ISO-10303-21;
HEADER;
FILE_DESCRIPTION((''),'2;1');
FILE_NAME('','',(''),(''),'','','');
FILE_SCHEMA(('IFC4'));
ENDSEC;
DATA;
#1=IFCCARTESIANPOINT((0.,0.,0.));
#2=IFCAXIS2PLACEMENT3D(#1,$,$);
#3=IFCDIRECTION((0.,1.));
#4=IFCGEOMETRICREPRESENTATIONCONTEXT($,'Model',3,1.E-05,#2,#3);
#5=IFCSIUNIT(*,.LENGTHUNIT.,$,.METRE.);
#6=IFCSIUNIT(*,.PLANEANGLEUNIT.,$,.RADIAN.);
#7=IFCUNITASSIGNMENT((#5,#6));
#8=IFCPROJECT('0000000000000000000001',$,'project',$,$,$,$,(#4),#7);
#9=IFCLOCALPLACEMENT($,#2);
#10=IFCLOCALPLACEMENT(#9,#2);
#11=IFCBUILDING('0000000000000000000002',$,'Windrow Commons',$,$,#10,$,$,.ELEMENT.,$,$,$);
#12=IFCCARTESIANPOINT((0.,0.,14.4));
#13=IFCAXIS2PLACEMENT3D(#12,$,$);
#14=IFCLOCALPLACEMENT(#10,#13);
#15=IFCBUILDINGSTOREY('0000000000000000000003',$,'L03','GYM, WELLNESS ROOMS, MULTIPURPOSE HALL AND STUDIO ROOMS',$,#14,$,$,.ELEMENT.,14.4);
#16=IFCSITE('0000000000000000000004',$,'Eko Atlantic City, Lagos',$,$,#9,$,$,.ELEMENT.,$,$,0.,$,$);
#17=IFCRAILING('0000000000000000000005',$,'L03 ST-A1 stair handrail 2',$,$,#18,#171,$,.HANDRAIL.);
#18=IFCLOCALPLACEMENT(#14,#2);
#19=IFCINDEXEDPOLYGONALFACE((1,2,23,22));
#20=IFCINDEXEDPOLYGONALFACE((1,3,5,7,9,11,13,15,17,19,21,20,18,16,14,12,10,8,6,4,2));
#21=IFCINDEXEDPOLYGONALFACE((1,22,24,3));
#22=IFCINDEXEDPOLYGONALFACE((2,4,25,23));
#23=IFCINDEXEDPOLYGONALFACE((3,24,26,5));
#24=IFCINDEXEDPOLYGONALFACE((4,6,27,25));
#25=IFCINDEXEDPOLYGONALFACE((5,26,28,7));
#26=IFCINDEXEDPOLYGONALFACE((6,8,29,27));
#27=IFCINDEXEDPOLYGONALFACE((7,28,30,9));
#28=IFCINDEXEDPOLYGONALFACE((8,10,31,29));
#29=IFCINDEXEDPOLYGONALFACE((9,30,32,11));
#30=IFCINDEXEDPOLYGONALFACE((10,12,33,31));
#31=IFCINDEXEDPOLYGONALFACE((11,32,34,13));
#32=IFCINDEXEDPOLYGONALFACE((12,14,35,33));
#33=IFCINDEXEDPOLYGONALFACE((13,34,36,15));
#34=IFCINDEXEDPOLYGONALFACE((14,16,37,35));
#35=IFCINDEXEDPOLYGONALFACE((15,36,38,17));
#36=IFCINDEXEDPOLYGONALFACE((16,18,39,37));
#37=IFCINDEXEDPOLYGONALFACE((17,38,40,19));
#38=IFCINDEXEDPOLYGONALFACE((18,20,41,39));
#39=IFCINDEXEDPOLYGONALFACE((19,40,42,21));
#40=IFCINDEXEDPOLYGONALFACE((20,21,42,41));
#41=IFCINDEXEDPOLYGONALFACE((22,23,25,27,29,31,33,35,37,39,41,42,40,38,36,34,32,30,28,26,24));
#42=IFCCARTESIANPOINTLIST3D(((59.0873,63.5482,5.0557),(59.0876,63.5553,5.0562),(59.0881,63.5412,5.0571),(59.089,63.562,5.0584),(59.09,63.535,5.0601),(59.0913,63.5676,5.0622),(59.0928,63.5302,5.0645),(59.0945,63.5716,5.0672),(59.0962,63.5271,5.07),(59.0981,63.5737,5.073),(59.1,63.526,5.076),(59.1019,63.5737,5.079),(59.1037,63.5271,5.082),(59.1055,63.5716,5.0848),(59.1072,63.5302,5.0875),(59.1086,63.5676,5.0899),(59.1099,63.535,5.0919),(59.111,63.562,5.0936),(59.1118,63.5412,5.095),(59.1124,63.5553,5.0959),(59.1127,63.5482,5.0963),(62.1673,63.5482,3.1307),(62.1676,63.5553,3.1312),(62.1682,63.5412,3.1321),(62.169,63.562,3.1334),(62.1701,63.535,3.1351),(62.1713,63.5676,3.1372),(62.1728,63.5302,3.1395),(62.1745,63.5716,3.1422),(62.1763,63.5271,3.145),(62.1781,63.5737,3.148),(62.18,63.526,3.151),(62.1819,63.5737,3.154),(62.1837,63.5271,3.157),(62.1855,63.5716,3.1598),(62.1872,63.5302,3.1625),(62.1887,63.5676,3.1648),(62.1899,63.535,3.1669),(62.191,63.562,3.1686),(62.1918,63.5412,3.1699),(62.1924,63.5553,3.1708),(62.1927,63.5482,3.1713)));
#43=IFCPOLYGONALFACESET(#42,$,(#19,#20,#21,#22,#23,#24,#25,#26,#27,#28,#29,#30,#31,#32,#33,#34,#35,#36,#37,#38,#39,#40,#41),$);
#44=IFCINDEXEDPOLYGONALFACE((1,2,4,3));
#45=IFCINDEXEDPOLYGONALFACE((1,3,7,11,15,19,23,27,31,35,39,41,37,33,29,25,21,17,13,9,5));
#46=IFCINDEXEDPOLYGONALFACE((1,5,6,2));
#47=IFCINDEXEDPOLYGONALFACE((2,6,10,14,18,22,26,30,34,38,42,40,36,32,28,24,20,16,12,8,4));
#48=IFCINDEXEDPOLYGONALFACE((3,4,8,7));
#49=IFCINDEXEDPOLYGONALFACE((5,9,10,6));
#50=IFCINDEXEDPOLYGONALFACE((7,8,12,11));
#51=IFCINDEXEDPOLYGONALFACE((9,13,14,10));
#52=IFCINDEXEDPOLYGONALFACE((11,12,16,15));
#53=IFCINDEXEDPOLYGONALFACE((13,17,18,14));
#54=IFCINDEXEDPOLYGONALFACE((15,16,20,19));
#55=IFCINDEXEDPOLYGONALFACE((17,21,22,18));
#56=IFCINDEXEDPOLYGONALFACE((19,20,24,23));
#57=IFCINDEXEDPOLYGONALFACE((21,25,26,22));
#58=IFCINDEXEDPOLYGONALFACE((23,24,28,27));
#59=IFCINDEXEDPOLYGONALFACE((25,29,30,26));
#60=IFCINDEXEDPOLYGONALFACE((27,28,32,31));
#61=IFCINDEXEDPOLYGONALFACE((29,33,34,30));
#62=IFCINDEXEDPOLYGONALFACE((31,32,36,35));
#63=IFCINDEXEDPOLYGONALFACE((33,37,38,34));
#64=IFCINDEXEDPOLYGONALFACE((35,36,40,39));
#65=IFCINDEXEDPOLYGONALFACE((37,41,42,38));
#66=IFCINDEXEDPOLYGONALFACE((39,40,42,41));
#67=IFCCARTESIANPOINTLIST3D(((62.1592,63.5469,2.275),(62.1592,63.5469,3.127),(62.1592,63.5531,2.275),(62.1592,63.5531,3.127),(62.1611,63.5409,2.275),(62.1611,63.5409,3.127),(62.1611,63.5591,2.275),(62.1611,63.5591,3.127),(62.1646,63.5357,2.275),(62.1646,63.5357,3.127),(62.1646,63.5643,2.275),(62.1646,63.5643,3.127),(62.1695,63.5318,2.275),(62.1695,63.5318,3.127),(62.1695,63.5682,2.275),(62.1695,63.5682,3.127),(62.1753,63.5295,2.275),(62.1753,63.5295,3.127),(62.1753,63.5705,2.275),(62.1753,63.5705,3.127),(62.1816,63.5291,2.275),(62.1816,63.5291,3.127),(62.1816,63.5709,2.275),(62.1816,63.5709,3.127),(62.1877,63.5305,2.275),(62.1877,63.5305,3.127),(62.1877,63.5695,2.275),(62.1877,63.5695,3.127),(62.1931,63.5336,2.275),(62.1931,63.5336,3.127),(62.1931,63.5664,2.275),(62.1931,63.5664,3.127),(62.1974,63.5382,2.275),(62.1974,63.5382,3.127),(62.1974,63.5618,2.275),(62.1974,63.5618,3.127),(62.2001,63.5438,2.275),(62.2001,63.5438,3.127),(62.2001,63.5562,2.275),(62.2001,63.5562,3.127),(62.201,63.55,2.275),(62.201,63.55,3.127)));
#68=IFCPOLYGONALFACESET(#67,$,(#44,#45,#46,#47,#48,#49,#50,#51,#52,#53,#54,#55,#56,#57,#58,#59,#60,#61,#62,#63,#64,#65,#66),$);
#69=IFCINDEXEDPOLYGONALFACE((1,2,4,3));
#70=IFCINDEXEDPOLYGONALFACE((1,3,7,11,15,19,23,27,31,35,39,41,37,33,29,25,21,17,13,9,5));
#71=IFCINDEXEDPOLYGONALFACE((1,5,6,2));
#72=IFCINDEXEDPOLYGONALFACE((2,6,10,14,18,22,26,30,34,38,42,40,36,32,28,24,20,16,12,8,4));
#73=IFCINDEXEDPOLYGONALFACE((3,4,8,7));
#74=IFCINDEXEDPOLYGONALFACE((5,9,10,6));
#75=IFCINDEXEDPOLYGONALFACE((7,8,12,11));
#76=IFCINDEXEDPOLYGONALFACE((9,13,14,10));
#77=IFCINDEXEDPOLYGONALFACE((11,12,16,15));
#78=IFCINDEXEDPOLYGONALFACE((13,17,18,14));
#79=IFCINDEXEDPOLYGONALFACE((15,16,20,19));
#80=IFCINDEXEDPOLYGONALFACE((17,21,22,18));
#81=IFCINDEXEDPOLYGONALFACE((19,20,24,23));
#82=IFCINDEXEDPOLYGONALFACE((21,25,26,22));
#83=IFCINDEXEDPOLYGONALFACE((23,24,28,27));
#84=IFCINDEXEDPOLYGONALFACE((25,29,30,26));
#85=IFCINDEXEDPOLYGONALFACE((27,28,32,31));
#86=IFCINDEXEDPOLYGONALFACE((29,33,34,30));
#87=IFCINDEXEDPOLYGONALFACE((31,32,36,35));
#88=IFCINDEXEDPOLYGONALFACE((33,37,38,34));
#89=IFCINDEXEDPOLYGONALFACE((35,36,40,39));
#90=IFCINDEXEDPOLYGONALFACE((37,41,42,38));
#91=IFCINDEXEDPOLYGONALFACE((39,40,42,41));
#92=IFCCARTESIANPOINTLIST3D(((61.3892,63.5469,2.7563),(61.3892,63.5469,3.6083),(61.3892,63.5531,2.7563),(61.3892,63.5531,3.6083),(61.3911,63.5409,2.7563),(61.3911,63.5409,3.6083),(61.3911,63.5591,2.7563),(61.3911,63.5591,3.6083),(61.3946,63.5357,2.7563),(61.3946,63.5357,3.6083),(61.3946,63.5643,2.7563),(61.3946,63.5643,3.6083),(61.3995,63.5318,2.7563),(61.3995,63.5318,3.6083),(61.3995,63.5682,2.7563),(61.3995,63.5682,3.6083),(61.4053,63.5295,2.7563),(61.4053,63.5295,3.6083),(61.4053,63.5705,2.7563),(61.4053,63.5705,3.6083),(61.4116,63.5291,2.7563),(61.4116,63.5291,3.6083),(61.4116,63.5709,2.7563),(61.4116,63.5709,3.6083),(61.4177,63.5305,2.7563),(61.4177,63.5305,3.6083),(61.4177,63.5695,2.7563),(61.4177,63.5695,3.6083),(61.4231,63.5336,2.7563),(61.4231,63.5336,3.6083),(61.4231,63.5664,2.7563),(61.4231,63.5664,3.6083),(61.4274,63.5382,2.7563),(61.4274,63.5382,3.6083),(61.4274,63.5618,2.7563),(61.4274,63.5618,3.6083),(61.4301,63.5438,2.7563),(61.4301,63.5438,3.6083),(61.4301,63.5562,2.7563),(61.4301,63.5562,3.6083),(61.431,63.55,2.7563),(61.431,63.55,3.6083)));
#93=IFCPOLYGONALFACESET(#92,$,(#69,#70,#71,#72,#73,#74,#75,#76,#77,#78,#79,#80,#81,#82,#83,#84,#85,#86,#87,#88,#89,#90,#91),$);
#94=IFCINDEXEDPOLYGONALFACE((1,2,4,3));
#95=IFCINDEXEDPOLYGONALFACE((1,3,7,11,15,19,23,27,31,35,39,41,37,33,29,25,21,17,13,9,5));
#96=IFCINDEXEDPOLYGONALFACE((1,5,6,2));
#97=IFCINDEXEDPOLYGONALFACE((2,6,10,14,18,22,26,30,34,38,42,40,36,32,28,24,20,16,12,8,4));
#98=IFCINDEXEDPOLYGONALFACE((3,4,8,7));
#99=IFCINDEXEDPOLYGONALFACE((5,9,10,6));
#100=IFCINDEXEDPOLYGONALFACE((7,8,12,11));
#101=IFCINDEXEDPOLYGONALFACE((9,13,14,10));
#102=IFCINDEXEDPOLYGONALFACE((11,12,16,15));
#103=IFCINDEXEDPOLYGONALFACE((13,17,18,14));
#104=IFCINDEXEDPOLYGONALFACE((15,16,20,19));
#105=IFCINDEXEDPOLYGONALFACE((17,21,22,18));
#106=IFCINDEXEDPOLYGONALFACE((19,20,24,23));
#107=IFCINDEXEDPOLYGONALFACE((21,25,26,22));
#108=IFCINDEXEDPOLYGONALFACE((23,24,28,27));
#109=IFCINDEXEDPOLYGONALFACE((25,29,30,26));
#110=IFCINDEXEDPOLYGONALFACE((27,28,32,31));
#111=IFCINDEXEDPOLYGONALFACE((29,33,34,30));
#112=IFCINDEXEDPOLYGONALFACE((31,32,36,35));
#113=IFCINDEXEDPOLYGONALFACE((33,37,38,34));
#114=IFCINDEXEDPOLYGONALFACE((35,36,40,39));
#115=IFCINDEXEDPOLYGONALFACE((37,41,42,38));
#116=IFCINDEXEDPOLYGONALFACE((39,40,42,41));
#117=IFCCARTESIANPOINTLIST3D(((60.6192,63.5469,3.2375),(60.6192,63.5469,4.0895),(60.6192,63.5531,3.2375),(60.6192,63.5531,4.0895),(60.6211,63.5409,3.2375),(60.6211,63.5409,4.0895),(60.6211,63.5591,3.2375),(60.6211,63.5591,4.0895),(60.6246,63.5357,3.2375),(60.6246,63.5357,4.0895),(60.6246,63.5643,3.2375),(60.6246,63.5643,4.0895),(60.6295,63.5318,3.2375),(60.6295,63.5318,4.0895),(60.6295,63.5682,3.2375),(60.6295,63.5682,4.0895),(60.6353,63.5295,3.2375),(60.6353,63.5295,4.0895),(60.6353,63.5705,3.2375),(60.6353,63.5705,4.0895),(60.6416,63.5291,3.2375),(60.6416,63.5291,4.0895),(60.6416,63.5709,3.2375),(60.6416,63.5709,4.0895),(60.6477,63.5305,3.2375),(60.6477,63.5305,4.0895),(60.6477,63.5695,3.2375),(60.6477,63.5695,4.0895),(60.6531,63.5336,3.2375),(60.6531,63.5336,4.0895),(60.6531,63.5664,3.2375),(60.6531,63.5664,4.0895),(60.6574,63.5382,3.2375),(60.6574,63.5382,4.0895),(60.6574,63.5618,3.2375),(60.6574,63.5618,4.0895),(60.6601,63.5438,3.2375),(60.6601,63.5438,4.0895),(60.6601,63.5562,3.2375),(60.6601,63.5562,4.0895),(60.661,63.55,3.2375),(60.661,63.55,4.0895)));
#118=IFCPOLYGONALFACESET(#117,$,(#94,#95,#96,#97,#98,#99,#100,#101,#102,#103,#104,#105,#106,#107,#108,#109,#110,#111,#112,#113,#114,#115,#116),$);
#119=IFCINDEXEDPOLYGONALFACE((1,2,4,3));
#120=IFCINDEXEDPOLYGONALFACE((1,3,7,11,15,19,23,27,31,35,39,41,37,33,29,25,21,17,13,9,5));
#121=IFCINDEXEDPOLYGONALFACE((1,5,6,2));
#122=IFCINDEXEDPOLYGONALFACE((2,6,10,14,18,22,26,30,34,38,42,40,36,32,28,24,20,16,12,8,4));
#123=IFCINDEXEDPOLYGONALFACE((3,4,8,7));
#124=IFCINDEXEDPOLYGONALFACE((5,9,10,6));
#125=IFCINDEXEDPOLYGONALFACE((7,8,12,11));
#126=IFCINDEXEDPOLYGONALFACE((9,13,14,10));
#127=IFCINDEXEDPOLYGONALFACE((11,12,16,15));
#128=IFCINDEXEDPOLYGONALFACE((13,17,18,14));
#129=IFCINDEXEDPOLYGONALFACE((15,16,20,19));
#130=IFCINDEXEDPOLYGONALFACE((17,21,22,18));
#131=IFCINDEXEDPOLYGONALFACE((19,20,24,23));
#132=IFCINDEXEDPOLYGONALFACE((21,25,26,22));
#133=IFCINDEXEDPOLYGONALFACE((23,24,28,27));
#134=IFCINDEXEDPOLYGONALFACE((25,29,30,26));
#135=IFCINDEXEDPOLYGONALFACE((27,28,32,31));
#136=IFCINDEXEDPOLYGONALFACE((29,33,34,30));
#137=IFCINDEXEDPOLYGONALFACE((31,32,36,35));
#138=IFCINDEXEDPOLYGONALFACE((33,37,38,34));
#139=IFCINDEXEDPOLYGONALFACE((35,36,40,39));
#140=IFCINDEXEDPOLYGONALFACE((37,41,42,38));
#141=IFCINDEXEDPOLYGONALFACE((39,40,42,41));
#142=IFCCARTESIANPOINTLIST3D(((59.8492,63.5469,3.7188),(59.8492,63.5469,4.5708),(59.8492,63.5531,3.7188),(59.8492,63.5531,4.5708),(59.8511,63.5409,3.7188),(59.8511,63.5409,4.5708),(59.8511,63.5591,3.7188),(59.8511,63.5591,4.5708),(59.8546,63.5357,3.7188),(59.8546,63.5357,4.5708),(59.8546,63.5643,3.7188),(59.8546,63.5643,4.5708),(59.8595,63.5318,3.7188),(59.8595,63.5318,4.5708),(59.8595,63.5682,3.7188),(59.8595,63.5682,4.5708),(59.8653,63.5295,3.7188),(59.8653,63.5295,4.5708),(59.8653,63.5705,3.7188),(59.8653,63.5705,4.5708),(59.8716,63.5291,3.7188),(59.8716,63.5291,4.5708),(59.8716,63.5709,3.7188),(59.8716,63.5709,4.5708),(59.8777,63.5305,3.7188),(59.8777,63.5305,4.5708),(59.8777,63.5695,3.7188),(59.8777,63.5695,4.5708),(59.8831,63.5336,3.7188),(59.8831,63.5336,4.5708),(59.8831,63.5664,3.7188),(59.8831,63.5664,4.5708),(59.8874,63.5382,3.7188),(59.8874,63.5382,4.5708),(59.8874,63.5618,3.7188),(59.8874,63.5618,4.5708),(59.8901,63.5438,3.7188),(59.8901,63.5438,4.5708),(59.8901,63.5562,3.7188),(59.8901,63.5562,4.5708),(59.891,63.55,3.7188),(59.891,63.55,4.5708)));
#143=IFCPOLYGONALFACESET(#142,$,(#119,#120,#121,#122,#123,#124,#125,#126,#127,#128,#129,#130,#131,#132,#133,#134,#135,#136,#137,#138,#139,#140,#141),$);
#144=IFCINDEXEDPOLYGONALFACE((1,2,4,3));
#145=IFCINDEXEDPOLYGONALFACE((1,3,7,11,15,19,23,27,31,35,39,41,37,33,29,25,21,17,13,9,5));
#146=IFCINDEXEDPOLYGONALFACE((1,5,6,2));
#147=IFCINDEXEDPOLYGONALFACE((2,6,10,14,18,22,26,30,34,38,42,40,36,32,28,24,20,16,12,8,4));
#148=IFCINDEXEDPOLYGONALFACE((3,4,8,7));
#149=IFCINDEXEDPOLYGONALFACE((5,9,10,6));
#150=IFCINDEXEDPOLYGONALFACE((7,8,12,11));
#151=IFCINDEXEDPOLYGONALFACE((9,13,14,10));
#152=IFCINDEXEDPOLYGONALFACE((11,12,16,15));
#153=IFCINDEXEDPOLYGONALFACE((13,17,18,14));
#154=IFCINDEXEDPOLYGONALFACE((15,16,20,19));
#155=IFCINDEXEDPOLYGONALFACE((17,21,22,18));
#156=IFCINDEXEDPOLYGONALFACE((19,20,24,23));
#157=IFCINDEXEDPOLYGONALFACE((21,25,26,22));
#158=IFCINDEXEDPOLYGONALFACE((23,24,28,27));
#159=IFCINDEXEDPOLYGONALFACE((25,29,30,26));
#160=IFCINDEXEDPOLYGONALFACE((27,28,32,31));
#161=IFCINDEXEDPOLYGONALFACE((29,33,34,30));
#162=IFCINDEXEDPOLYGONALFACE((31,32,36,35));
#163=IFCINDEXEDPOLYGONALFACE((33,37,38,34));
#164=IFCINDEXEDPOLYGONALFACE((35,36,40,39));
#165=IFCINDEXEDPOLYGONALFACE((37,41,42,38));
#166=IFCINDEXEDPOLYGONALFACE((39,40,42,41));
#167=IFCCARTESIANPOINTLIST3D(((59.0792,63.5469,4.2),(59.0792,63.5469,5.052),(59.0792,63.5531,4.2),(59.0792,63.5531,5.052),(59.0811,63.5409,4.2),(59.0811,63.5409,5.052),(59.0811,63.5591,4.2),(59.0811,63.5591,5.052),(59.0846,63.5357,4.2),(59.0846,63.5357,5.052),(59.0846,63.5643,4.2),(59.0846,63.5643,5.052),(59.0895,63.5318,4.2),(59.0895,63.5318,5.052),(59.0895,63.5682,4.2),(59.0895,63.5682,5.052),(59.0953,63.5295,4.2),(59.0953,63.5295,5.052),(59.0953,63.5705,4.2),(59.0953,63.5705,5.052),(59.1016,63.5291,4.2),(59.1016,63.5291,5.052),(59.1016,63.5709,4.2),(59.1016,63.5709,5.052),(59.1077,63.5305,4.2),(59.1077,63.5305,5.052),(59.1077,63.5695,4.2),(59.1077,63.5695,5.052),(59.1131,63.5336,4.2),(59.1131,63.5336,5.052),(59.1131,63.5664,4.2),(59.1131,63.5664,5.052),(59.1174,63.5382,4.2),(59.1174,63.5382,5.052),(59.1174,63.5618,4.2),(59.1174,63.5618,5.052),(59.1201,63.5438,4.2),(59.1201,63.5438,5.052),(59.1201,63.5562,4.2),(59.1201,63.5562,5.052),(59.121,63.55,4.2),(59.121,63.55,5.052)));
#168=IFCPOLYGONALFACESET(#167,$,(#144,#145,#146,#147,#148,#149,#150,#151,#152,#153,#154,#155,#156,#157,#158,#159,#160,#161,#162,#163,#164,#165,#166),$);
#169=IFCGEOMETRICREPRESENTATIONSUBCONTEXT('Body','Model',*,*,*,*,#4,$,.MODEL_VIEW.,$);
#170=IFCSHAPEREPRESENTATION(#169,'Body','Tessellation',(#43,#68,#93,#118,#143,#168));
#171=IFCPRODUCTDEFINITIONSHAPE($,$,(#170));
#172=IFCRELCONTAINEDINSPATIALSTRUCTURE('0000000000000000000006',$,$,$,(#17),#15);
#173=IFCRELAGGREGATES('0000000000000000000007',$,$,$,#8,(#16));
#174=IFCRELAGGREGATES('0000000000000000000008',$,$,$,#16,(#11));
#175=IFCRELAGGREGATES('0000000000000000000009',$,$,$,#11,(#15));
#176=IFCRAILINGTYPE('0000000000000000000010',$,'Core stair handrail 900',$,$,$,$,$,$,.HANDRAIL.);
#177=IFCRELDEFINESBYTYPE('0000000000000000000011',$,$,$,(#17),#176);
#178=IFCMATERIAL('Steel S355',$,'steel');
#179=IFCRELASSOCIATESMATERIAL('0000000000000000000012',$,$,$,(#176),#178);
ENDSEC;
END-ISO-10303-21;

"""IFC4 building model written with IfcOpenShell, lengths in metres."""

from ifc_helpers import new_model, si_unit, direction, frame, origin, origin_2d, place, context, subcontext, project, spatial, circle, extrude, material, type_object, element, save


model = new_model("IFC4")

# Units and contexts
model_context = context("Model", 3, precision=1e-05, world=origin(), true_north=direction((0.0, 1.0)))
body_context = subcontext(model_context, "Body", "Model", "MODEL_VIEW")
ifc_project = project(units=[si_unit("LENGTHUNIT", "METRE"), si_unit("PLANEANGLEUNIT", "RADIAN")], contexts=[model_context])

# Site, building, storey
site_placement = place(None, origin())
site = spatial("IfcSite", under=ifc_project, at=site_placement, Name="Eko Atlantic City, Lagos", CompositionType="ELEMENT", RefElevation=0.0)
building_placement = place(site_placement, origin())
building = spatial("IfcBuilding", under=site, at=building_placement, Name="Windrow Commons", CompositionType="ELEMENT")
storey_placement = place(building_placement, frame((0.0, 0.0, 14.4)))
storey = spatial("IfcBuildingStorey", under=building, at=storey_placement, Name="L03", Description="GYM, WELLNESS ROOMS, MULTIPURPOSE HALL AND STUDIO ROOMS", CompositionType="ELEMENT", Elevation=14.4)

# Railing
ifc_material_1 = material(Name="Steel S355", Category="steel")
railing_type_1 = type_object("IfcRailingType", Name="Core stair handrail 900", PredefinedType="HANDRAIL", material=ifc_material_1)
railing_1_placement = place(storey_placement, frame((62.18, 63.55, 2.275)))
element("IfcRailing", 1, at=railing_1_placement, inside=storey, type_object=railing_type_1, Name="L03 ST-A1 stair handrail 2", PredefinedType="HANDRAIL", context=body_context, shape_type="SweptSolid", body=[
    extrude(circle(Radius=0.024, at=origin_2d()), frame((0.0, 0.0, 0.876), z_axis=(-0.847998, 0.0, 0.529999), x_axis=(0.0, -1.0, 0.0)), (0.0, 0.0, 1.0), 3.6321),
    extrude(circle(Radius=0.021, at=origin_2d()), origin(), (0.0, 0.0, 1.0), 0.852),
    extrude(circle(Radius=0.021, at=origin_2d()), frame((-0.77, 0.0, 0.4813)), (0.0, 0.0, 1.0), 0.852),
    extrude(circle(Radius=0.021, at=origin_2d()), frame((-1.54, 0.0, 0.9625)), (0.0, 0.0, 1.0), 0.852),
    extrude(circle(Radius=0.021, at=origin_2d()), frame((-2.31, 0.0, 1.4438)), (0.0, 0.0, 1.0), 0.852),
    extrude(circle(Radius=0.021, at=origin_2d()), frame((-3.08, 0.0, 1.925)), (0.0, 0.0, 1.0), 0.852),
])

save(model, "model.ifc")
